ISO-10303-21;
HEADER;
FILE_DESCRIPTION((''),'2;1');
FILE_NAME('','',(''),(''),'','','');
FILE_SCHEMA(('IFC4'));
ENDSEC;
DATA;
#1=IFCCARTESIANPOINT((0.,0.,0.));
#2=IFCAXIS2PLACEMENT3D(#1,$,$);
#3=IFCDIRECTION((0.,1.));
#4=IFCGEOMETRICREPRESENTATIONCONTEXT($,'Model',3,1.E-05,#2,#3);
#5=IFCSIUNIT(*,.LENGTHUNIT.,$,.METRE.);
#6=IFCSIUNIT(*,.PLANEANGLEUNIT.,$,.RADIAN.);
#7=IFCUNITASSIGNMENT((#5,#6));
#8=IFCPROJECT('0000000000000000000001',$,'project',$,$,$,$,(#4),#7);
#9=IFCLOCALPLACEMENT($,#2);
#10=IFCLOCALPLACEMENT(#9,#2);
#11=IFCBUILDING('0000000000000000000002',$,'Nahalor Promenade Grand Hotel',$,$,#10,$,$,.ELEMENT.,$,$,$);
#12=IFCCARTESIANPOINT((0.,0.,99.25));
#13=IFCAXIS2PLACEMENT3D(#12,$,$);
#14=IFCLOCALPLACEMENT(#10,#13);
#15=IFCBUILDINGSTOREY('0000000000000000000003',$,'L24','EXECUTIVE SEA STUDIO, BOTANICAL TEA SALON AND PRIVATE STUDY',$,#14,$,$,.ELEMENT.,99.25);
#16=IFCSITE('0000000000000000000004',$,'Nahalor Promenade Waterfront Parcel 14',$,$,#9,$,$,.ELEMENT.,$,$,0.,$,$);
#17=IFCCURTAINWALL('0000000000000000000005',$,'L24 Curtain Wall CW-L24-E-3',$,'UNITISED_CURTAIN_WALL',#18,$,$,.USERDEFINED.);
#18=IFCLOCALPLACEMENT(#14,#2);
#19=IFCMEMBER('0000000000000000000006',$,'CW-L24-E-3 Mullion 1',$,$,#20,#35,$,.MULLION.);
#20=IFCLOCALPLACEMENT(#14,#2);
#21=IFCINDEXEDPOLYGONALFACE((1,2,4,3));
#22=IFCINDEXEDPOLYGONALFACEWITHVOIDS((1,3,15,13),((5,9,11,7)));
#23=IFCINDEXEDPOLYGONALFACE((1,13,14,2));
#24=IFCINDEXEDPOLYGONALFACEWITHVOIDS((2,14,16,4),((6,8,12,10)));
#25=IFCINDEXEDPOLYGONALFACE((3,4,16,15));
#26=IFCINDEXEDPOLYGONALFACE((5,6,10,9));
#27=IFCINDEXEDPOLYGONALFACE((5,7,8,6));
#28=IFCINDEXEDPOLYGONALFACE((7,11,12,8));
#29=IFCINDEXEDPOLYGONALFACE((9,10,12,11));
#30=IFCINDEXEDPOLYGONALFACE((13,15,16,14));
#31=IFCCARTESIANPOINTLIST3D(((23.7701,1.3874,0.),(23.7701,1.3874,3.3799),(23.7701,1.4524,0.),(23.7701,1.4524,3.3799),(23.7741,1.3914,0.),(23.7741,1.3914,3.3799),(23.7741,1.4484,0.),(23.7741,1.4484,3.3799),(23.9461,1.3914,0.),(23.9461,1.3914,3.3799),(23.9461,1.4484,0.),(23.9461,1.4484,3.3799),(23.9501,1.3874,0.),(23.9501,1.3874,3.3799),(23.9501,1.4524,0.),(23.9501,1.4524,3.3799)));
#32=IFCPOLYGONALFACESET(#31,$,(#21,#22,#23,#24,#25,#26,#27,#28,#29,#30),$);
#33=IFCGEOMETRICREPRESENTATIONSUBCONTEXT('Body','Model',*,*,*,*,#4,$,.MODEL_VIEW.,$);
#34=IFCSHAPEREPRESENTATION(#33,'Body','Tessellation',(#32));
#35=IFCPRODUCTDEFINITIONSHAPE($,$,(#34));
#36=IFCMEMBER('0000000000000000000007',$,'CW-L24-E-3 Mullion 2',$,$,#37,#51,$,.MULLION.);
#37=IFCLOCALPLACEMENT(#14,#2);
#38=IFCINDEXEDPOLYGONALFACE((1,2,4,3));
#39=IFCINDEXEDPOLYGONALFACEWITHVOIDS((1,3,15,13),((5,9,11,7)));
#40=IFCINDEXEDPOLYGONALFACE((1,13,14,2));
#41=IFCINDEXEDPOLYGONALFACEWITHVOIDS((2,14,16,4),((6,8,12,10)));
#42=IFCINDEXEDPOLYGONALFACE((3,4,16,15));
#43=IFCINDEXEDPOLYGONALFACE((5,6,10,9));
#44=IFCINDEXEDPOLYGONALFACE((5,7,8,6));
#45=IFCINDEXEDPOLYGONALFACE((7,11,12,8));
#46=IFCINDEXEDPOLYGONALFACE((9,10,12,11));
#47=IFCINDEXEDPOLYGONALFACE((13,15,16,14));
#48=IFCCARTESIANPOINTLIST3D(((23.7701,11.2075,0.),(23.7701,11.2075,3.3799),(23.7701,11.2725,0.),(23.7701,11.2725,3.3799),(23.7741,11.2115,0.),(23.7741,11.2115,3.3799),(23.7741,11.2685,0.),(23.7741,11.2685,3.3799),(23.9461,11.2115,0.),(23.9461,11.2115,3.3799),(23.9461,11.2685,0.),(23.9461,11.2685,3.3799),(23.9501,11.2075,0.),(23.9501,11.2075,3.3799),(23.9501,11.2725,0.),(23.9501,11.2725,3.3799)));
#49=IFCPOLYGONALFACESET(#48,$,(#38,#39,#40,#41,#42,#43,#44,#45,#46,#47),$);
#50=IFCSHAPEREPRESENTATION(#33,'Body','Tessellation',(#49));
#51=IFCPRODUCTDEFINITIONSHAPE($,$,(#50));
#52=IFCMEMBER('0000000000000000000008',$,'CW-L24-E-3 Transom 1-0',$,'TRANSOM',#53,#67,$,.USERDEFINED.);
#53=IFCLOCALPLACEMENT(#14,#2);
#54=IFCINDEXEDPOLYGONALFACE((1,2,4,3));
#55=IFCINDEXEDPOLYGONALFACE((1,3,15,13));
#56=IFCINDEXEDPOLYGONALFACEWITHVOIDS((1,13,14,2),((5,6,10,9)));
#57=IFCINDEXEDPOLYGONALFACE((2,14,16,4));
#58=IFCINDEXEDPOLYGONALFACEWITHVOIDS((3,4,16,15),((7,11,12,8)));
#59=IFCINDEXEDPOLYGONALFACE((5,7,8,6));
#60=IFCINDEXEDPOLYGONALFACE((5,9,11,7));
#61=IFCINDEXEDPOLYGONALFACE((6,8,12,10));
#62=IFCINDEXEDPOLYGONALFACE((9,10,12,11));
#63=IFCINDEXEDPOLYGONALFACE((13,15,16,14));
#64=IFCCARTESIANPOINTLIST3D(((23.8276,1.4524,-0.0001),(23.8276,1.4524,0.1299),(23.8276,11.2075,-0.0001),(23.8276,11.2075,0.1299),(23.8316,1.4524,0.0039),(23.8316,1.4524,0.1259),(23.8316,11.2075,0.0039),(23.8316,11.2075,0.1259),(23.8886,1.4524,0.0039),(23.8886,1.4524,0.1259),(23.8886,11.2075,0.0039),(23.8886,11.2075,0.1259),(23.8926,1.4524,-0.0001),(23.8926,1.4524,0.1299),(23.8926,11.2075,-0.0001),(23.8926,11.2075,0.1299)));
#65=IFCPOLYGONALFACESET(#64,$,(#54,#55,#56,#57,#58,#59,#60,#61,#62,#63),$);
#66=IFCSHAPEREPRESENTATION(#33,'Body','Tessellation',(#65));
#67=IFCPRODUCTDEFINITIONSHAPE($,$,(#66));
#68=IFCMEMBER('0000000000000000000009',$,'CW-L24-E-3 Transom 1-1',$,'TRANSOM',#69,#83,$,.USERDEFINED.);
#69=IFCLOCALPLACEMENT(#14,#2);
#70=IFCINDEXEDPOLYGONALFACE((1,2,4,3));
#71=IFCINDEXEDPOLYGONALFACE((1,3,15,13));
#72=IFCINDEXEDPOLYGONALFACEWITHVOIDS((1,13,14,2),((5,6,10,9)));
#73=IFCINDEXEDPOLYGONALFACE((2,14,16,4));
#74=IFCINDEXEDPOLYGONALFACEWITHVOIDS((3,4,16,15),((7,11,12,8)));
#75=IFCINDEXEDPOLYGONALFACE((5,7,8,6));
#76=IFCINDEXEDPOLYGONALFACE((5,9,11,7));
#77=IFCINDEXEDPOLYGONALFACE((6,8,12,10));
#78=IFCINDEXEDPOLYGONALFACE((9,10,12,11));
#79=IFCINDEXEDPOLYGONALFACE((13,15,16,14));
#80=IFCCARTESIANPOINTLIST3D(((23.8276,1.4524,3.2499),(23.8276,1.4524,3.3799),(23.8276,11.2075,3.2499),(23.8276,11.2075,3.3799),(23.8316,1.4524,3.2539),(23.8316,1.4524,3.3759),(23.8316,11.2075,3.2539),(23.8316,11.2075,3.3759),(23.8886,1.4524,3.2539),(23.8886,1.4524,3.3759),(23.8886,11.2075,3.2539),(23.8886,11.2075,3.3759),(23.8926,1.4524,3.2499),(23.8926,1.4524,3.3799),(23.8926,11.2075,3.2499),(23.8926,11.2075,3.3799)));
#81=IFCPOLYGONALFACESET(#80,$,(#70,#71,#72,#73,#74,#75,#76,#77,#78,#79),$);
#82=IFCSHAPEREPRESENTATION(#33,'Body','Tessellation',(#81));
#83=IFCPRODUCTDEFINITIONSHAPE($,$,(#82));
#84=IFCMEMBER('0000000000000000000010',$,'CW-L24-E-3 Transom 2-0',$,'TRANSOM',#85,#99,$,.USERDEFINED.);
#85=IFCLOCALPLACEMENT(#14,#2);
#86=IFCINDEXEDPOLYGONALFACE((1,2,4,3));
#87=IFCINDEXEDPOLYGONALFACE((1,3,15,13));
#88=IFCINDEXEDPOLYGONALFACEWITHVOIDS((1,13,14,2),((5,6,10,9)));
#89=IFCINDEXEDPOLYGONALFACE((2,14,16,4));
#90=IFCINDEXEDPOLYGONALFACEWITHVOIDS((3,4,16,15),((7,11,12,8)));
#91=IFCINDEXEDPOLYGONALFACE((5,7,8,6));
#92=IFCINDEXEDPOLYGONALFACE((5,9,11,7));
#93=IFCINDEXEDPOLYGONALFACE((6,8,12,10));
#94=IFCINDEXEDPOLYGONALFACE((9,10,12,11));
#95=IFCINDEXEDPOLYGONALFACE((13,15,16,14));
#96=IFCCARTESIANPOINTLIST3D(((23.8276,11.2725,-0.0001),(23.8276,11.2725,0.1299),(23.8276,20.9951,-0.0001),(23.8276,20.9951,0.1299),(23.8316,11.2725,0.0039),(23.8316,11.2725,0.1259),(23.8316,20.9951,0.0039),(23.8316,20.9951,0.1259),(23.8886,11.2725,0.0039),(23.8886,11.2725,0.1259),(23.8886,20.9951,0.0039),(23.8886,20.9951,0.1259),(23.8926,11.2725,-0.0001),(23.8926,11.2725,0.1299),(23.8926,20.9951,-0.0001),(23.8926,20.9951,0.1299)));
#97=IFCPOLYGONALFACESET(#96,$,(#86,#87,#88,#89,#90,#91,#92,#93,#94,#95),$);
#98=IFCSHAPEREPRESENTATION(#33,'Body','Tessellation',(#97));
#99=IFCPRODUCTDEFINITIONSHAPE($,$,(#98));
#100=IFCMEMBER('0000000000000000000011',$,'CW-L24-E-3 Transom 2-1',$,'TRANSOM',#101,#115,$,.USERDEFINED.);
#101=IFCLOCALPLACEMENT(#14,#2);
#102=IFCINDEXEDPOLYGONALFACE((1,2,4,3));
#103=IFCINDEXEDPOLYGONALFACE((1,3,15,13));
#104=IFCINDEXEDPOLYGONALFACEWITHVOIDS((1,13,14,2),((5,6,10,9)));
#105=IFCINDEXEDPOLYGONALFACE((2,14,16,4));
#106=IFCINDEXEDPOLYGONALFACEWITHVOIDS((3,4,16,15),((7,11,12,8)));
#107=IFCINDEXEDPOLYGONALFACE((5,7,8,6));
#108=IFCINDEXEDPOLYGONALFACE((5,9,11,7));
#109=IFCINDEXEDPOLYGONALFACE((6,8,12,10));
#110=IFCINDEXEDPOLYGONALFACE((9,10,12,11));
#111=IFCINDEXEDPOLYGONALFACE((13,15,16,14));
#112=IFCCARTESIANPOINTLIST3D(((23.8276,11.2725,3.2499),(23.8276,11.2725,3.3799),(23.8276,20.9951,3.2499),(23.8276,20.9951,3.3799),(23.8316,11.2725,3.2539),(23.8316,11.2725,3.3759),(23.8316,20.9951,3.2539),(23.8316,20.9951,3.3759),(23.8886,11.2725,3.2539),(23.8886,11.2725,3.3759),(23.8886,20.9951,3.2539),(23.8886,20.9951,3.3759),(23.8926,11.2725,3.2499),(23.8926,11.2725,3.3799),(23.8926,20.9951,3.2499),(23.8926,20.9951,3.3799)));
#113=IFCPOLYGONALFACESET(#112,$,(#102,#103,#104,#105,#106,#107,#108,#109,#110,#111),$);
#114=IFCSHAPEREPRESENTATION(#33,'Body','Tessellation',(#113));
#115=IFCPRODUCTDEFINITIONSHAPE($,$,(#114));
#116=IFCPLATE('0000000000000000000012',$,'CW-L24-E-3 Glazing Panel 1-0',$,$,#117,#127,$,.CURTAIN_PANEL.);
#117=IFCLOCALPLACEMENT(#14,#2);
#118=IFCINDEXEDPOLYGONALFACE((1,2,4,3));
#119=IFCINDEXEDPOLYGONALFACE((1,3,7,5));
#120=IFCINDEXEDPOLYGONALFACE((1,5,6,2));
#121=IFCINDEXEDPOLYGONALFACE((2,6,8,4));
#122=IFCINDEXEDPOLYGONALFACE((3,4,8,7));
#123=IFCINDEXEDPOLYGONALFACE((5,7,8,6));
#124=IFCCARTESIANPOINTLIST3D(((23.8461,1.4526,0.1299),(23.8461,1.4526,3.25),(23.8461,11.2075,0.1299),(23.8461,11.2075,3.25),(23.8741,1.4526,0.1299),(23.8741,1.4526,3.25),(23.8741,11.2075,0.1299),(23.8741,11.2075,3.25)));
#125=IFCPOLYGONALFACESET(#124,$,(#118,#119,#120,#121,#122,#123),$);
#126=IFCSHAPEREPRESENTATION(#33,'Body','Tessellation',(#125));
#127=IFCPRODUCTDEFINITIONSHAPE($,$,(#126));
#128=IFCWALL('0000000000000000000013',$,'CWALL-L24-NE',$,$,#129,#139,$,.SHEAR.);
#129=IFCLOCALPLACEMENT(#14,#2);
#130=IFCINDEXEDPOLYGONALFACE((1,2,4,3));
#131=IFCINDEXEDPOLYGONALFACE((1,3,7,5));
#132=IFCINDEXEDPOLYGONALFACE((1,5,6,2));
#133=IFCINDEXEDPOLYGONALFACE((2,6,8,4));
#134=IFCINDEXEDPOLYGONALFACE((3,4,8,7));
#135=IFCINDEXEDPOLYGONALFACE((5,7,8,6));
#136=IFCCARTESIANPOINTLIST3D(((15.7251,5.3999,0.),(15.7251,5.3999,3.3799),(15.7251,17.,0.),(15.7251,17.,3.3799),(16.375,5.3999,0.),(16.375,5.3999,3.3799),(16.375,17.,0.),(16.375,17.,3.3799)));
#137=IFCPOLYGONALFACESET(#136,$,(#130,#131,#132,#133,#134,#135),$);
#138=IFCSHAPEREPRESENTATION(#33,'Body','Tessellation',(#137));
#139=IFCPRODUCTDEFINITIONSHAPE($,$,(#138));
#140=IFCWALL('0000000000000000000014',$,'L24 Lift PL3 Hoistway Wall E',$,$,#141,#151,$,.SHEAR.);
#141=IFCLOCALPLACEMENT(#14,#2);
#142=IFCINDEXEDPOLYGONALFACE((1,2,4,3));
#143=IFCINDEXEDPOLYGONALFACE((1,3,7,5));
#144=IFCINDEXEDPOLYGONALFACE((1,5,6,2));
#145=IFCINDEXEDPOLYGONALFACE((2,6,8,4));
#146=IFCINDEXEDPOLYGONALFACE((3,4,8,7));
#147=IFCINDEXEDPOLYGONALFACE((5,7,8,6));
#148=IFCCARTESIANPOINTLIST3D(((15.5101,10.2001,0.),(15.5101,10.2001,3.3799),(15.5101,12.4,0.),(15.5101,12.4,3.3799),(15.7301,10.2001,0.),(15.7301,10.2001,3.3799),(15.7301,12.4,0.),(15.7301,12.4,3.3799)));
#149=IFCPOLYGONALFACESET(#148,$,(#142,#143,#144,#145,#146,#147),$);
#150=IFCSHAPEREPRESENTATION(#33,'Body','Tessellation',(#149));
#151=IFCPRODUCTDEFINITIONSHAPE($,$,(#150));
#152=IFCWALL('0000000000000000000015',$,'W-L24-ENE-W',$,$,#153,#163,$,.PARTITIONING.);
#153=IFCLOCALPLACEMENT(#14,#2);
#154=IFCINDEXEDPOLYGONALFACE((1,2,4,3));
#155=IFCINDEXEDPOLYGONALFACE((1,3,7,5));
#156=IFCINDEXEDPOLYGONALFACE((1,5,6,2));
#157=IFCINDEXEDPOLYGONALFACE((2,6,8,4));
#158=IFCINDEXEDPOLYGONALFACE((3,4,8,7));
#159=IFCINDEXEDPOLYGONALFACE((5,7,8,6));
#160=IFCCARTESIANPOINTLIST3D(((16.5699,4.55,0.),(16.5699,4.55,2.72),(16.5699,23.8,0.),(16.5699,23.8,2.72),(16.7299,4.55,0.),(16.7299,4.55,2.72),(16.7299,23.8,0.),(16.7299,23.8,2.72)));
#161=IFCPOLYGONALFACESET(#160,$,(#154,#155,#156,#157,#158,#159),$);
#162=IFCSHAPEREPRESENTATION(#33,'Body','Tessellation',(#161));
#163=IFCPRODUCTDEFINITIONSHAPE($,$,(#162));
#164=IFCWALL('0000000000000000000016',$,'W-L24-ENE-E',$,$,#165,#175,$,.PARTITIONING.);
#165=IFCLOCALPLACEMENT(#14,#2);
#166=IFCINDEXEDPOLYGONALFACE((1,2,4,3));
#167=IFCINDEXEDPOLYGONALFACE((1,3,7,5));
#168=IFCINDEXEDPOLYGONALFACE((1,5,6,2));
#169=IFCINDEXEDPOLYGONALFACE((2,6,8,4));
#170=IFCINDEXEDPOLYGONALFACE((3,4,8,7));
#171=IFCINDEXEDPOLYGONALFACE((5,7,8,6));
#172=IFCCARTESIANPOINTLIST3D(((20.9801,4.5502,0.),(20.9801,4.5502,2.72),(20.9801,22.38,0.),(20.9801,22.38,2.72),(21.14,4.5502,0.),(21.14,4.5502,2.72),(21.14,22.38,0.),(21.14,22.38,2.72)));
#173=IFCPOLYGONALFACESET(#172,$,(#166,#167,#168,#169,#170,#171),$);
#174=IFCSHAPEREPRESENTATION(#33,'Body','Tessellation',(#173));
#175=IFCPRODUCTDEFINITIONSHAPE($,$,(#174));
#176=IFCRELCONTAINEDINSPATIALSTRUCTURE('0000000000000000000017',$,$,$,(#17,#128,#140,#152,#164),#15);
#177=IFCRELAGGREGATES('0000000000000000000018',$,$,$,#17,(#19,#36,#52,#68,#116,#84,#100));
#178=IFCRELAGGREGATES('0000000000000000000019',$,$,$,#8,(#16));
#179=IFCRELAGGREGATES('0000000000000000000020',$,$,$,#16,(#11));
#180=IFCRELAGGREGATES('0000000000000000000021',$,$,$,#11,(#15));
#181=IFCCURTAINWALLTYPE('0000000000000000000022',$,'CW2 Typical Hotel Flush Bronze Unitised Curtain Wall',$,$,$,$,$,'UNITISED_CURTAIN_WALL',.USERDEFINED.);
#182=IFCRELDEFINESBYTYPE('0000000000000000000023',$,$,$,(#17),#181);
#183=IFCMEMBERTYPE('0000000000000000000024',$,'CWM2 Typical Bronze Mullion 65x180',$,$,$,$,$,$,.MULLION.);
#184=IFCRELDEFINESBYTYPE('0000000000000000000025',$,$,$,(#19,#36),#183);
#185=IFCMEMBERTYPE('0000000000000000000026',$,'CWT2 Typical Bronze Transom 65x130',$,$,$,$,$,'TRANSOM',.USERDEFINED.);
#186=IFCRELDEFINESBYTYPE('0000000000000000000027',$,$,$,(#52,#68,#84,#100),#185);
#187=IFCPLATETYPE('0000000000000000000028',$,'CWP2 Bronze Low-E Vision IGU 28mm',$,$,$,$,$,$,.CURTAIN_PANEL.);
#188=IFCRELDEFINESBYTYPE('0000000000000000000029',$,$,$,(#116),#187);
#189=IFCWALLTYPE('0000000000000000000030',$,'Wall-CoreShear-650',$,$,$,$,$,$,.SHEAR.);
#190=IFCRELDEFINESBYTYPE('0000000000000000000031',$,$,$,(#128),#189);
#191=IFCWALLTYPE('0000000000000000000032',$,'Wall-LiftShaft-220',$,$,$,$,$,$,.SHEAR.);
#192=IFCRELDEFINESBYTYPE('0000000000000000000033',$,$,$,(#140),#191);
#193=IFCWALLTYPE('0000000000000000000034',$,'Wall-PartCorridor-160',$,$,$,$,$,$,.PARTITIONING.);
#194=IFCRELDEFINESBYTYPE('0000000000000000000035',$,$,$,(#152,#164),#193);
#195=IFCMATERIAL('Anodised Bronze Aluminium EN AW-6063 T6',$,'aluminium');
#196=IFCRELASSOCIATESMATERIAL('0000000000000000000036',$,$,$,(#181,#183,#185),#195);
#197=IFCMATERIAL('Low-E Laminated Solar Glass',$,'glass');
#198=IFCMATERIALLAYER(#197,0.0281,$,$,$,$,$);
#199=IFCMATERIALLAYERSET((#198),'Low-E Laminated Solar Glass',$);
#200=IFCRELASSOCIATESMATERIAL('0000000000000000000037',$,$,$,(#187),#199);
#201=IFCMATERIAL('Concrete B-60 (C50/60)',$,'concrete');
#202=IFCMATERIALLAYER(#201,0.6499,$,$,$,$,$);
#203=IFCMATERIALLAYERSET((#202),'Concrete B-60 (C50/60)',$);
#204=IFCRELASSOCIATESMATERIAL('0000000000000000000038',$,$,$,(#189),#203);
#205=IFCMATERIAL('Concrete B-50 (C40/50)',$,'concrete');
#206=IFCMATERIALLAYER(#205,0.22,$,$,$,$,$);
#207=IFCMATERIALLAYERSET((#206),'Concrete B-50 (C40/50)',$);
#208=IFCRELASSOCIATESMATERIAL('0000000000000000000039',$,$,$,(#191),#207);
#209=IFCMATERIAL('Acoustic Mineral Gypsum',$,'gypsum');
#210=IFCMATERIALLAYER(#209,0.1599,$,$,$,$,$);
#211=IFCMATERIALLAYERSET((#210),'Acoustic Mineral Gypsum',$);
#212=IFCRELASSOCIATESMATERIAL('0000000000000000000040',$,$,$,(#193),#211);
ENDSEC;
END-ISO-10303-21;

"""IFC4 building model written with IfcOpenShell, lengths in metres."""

from ifc_helpers import new_model, si_unit, direction, frame, frame_2d, origin, origin_2d, place, context, subcontext, project, spatial, rectangle, hollow_rectangle, extrude, source, transform, mapped, material, layer, layer_set, material_profile, profile_set, type_object, element, aggregate, save


model = new_model("IFC4")

# Units and contexts
model_context = context("Model", 3, precision=1e-05, world=origin(), true_north=direction((0.0, 1.0)))
body_context = subcontext(model_context, "Body", "Model", "MODEL_VIEW")
ifc_project = project(units=[si_unit("LENGTHUNIT", "METRE"), si_unit("PLANEANGLEUNIT", "RADIAN")], contexts=[model_context])

# Site, building, storey
site_placement = place(None, origin())
site = spatial("IfcSite", under=ifc_project, at=site_placement, Name="Nahalor Promenade Waterfront Parcel 14", CompositionType="ELEMENT", RefElevation=0.0)
building_placement = place(site_placement, origin())
building = spatial("IfcBuilding", under=site, at=building_placement, Name="Nahalor Promenade Grand Hotel", CompositionType="ELEMENT")
storey_placement = place(building_placement, frame((0.0, 0.0, 99.25)))
storey = spatial("IfcBuildingStorey", under=building, at=storey_placement, Name="L24", Description="EXECUTIVE SEA STUDIO, BOTANICAL TEA SALON AND PRIVATE STUDY", CompositionType="ELEMENT", Elevation=99.25)

# Curtain wall, members, plate
ifc_material_1 = material(Name="Anodised Bronze Aluminium EN AW-6063 T6", Category="aluminium")
curtain_wall_type = type_object("IfcCurtainWallType", Name="CW2 Typical Hotel Flush Bronze Unitised Curtain Wall", ElementType="UNITISED_CURTAIN_WALL", PredefinedType="USERDEFINED", material=ifc_material_1)
curtain_wall_placement = place(storey_placement, origin())
curtain_wall = element("IfcCurtainWall", 1, at=curtain_wall_placement, inside=storey, type_object=curtain_wall_type, Name="L24 Curtain Wall CW-L24-E-3", ObjectType="UNITISED_CURTAIN_WALL", PredefinedType="USERDEFINED")
ifc_material_profile_1 = material_profile(ifc_material_1, hollow_rectangle(XDim=0.065, YDim=0.18, WallThickness=0.004, at=origin_2d()), Name="CWM 65x180x4")
ifc_profile_set_1 = profile_set([ifc_material_profile_1], Name="Anodised Bronze Aluminium EN AW-6063 T6")
member_type_1 = type_object("IfcMemberType", Name="CWM2 Typical Bronze Mullion 65x180", PredefinedType="MULLION", material=ifc_profile_set_1)
shared_shape_1 = source(origin(), body_context, "Body", "SweptSolid", [
    extrude(hollow_rectangle(XDim=0.065, YDim=0.18, WallThickness=0.004, at=origin_2d()), origin(), (0.0, 0.0, 1.0), 3.3799),
])
member_1_placement = place(storey_placement, frame((23.8601, 1.4199, 0.0), z_axis=(0.0, 0.0, 1.0), x_axis=(0.0, 1.0, 0.0)))
member_1 = element("IfcMember", 2, at=member_1_placement, type_object=member_type_1, Name="CW-L24-E-3 Mullion 1", PredefinedType="MULLION", context=body_context, shape_type="MappedRepresentation", body=[
    mapped(shared_shape_1, transform((0.0, 0.0, 0.0), scale=1.0)),
])
member_2_placement = place(storey_placement, frame((23.8601, 11.24, 0.0), z_axis=(0.0, 0.0, 1.0), x_axis=(0.0, 1.0, 0.0)))
member_2 = element("IfcMember", 3, at=member_2_placement, type_object=member_type_1, Name="CW-L24-E-3 Mullion 2", PredefinedType="MULLION", context=body_context, shape_type="MappedRepresentation", body=[
    mapped(shared_shape_1, transform((0.0, 0.0, 0.0), scale=1.0)),
])
ifc_material_profile_2 = material_profile(ifc_material_1, hollow_rectangle(XDim=0.065, YDim=0.13, WallThickness=0.004, at=origin_2d()), Name="CWT 65x130x4")
ifc_profile_set_2 = profile_set([ifc_material_profile_2], Name="Anodised Bronze Aluminium EN AW-6063 T6")
member_type_2 = type_object("IfcMemberType", Name="CWT2 Typical Bronze Transom 65x130", ElementType="TRANSOM", PredefinedType="USERDEFINED", material=ifc_profile_set_2)
shared_shape_2 = source(origin(), body_context, "Body", "SweptSolid", [
    extrude(hollow_rectangle(XDim=0.065, YDim=0.13, WallThickness=0.004, at=origin_2d()), origin(), (0.0, 0.0, 1.0), 9.7551),
])
member_3_placement = place(storey_placement, frame((23.8601, 1.4524, 0.0649), z_axis=(0.0, 1.0, 0.0), x_axis=(-1.0, 0.0, 0.0)))
member_3 = element("IfcMember", 4, at=member_3_placement, type_object=member_type_2, Name="CW-L24-E-3 Transom 1-0", ObjectType="TRANSOM", PredefinedType="USERDEFINED", context=body_context, shape_type="MappedRepresentation", body=[
    mapped(shared_shape_2, transform((0.0, 0.0, 0.0), scale=1.0)),
])
member_4_placement = place(storey_placement, frame((23.8601, 1.4524, 3.3149), z_axis=(0.0, 1.0, 0.0), x_axis=(-1.0, 0.0, 0.0)))
member_4 = element("IfcMember", 5, at=member_4_placement, type_object=member_type_2, Name="CW-L24-E-3 Transom 1-1", ObjectType="TRANSOM", PredefinedType="USERDEFINED", context=body_context, shape_type="MappedRepresentation", body=[
    mapped(shared_shape_2, transform((0.0, 0.0, 0.0), scale=1.0)),
])
shared_shape_3 = source(origin(), body_context, "Body", "SweptSolid", [
    extrude(hollow_rectangle(XDim=0.065, YDim=0.13, WallThickness=0.004, at=origin_2d()), origin(), (0.0, 0.0, 1.0), 9.7227),
])
member_5_placement = place(storey_placement, frame((23.8601, 11.2725, 0.0649), z_axis=(0.0, 1.0, 0.0), x_axis=(-1.0, 0.0, 0.0)))
member_5 = element("IfcMember", 6, at=member_5_placement, type_object=member_type_2, Name="CW-L24-E-3 Transom 2-0", ObjectType="TRANSOM", PredefinedType="USERDEFINED", context=body_context, shape_type="MappedRepresentation", body=[
    mapped(shared_shape_3, transform((0.0, 0.0, 0.0), scale=1.0)),
])
member_6_placement = place(storey_placement, frame((23.8601, 11.2725, 3.3149), z_axis=(0.0, 1.0, 0.0), x_axis=(-1.0, 0.0, 0.0)))
member_6 = element("IfcMember", 7, at=member_6_placement, type_object=member_type_2, Name="CW-L24-E-3 Transom 2-1", ObjectType="TRANSOM", PredefinedType="USERDEFINED", context=body_context, shape_type="MappedRepresentation", body=[
    mapped(shared_shape_3, transform((0.0, 0.0, 0.0), scale=1.0)),
])
ifc_material_2 = material(Name="Low-E Laminated Solar Glass", Category="glass")
ifc_layer_1 = layer(ifc_material_2, 0.0281)
ifc_layer_set_1 = layer_set([ifc_layer_1], Name="Low-E Laminated Solar Glass")
plate_type = type_object("IfcPlateType", Name="CWP2 Bronze Low-E Vision IGU 28mm", PredefinedType="CURTAIN_PANEL", material=ifc_layer_set_1)
shared_shape_4 = source(origin(), body_context, "Body", "SweptSolid", [
    extrude(rectangle(XDim=9.7549, YDim=0.0281, at=origin_2d()), origin(), (0.0, 0.0, 1.0), 3.1201),
])
plate_placement = place(storey_placement, frame((23.8601, 6.3301, 0.1299), z_axis=(0.0, 0.0, 1.0), x_axis=(0.0, 1.0, 0.0)))
plate = element("IfcPlate", 8, at=plate_placement, type_object=plate_type, Name="CW-L24-E-3 Glazing Panel 1-0", PredefinedType="CURTAIN_PANEL", context=body_context, shape_type="MappedRepresentation", body=[
    mapped(shared_shape_4, transform((0.0, 0.0, 0.0), scale=1.0)),
])
aggregate(curtain_wall, [member_1, member_2, member_3, member_4, plate, member_5, member_6])

# Walls
ifc_material_3 = material(Name="Concrete B-60 (C50/60)", Category="concrete")
ifc_layer_2 = layer(ifc_material_3, 0.6499)
ifc_layer_set_2 = layer_set([ifc_layer_2], Name="Concrete B-60 (C50/60)")
wall_type_1 = type_object("IfcWallType", Name="Wall-CoreShear-650", PredefinedType="SHEAR", material=ifc_layer_set_2)
shared_shape_5 = source(origin(), body_context, "Body", "SweptSolid", [
    extrude(rectangle(XDim=11.6001, YDim=0.6499, at=frame_2d((5.8, 0.0))), origin(), (0.0, 0.0, 1.0), 3.3799),
])
wall_1_placement = place(storey_placement, frame((16.05, 5.3999, 0.0), z_axis=(0.0, 0.0, 1.0), x_axis=(0.0, 1.0, 0.0)))
element("IfcWall", 9, at=wall_1_placement, inside=storey, type_object=wall_type_1, Name="CWALL-L24-NE", PredefinedType="SHEAR", context=body_context, shape_type="MappedRepresentation", body=[
    mapped(shared_shape_5, transform((0.0, 0.0, 0.0), scale=1.0)),
])
ifc_material_4 = material(Name="Concrete B-50 (C40/50)", Category="concrete")
ifc_layer_3 = layer(ifc_material_4, 0.22)
ifc_layer_set_3 = layer_set([ifc_layer_3], Name="Concrete B-50 (C40/50)")
wall_type_2 = type_object("IfcWallType", Name="Wall-LiftShaft-220", PredefinedType="SHEAR", material=ifc_layer_set_3)
shared_shape_6 = source(origin(), body_context, "Body", "SweptSolid", [
    extrude(rectangle(XDim=2.2, YDim=0.22, at=frame_2d((1.1001, 0.0))), origin(), (0.0, 0.0, 1.0), 3.3799),
])
wall_2_placement = place(storey_placement, frame((15.6201, 10.2, 0.0), z_axis=(0.0, 0.0, 1.0), x_axis=(0.0, 1.0, 0.0)))
element("IfcWall", 10, at=wall_2_placement, inside=storey, type_object=wall_type_2, Name="L24 Lift PL3 Hoistway Wall E", PredefinedType="SHEAR", context=body_context, shape_type="MappedRepresentation", body=[
    mapped(shared_shape_6, transform((0.0, 0.0, 0.0), scale=1.0)),
])

# Shared definitions
ifc_material_5 = material(Name="Acoustic Mineral Gypsum", Category="gypsum")
ifc_layer_4 = layer(ifc_material_5, 0.1599)
ifc_layer_set_4 = layer_set([ifc_layer_4], Name="Acoustic Mineral Gypsum")
wall_type_3 = type_object("IfcWallType", Name="Wall-PartCorridor-160", PredefinedType="PARTITIONING", material=ifc_layer_set_4)

# Walls
shared_shape_7 = source(origin(), body_context, "Body", "SweptSolid", [
    extrude(rectangle(XDim=19.25, YDim=0.1599, at=frame_2d((9.625, 0.0))), origin(), (0.0, 0.0, 1.0), 2.72),
])
wall_3_placement = place(storey_placement, frame((16.6499, 4.55, 0.0), z_axis=(0.0, 0.0, 1.0), x_axis=(0.0, 1.0, 0.0)))
element("IfcWall", 11, at=wall_3_placement, inside=storey, type_object=wall_type_3, Name="W-L24-ENE-W", PredefinedType="PARTITIONING", context=body_context, shape_type="MappedRepresentation", body=[
    mapped(shared_shape_7, transform((0.0, 0.0, 0.0), scale=1.0)),
])
shared_shape_8 = source(origin(), body_context, "Body", "SweptSolid", [
    extrude(rectangle(XDim=17.8298, YDim=0.1599, at=frame_2d((8.915, 0.0))), origin(), (0.0, 0.0, 1.0), 2.72),
])
wall_4_placement = place(storey_placement, frame((21.0601, 4.55, 0.0), z_axis=(0.0, 0.0, 1.0), x_axis=(0.0, 1.0, 0.0)))
element("IfcWall", 12, at=wall_4_placement, inside=storey, type_object=wall_type_3, Name="W-L24-ENE-E", PredefinedType="PARTITIONING", context=body_context, shape_type="MappedRepresentation", body=[
    mapped(shared_shape_8, transform((0.0, 0.0, 0.0), scale=1.0)),
])

save(model, "model.ifc")
